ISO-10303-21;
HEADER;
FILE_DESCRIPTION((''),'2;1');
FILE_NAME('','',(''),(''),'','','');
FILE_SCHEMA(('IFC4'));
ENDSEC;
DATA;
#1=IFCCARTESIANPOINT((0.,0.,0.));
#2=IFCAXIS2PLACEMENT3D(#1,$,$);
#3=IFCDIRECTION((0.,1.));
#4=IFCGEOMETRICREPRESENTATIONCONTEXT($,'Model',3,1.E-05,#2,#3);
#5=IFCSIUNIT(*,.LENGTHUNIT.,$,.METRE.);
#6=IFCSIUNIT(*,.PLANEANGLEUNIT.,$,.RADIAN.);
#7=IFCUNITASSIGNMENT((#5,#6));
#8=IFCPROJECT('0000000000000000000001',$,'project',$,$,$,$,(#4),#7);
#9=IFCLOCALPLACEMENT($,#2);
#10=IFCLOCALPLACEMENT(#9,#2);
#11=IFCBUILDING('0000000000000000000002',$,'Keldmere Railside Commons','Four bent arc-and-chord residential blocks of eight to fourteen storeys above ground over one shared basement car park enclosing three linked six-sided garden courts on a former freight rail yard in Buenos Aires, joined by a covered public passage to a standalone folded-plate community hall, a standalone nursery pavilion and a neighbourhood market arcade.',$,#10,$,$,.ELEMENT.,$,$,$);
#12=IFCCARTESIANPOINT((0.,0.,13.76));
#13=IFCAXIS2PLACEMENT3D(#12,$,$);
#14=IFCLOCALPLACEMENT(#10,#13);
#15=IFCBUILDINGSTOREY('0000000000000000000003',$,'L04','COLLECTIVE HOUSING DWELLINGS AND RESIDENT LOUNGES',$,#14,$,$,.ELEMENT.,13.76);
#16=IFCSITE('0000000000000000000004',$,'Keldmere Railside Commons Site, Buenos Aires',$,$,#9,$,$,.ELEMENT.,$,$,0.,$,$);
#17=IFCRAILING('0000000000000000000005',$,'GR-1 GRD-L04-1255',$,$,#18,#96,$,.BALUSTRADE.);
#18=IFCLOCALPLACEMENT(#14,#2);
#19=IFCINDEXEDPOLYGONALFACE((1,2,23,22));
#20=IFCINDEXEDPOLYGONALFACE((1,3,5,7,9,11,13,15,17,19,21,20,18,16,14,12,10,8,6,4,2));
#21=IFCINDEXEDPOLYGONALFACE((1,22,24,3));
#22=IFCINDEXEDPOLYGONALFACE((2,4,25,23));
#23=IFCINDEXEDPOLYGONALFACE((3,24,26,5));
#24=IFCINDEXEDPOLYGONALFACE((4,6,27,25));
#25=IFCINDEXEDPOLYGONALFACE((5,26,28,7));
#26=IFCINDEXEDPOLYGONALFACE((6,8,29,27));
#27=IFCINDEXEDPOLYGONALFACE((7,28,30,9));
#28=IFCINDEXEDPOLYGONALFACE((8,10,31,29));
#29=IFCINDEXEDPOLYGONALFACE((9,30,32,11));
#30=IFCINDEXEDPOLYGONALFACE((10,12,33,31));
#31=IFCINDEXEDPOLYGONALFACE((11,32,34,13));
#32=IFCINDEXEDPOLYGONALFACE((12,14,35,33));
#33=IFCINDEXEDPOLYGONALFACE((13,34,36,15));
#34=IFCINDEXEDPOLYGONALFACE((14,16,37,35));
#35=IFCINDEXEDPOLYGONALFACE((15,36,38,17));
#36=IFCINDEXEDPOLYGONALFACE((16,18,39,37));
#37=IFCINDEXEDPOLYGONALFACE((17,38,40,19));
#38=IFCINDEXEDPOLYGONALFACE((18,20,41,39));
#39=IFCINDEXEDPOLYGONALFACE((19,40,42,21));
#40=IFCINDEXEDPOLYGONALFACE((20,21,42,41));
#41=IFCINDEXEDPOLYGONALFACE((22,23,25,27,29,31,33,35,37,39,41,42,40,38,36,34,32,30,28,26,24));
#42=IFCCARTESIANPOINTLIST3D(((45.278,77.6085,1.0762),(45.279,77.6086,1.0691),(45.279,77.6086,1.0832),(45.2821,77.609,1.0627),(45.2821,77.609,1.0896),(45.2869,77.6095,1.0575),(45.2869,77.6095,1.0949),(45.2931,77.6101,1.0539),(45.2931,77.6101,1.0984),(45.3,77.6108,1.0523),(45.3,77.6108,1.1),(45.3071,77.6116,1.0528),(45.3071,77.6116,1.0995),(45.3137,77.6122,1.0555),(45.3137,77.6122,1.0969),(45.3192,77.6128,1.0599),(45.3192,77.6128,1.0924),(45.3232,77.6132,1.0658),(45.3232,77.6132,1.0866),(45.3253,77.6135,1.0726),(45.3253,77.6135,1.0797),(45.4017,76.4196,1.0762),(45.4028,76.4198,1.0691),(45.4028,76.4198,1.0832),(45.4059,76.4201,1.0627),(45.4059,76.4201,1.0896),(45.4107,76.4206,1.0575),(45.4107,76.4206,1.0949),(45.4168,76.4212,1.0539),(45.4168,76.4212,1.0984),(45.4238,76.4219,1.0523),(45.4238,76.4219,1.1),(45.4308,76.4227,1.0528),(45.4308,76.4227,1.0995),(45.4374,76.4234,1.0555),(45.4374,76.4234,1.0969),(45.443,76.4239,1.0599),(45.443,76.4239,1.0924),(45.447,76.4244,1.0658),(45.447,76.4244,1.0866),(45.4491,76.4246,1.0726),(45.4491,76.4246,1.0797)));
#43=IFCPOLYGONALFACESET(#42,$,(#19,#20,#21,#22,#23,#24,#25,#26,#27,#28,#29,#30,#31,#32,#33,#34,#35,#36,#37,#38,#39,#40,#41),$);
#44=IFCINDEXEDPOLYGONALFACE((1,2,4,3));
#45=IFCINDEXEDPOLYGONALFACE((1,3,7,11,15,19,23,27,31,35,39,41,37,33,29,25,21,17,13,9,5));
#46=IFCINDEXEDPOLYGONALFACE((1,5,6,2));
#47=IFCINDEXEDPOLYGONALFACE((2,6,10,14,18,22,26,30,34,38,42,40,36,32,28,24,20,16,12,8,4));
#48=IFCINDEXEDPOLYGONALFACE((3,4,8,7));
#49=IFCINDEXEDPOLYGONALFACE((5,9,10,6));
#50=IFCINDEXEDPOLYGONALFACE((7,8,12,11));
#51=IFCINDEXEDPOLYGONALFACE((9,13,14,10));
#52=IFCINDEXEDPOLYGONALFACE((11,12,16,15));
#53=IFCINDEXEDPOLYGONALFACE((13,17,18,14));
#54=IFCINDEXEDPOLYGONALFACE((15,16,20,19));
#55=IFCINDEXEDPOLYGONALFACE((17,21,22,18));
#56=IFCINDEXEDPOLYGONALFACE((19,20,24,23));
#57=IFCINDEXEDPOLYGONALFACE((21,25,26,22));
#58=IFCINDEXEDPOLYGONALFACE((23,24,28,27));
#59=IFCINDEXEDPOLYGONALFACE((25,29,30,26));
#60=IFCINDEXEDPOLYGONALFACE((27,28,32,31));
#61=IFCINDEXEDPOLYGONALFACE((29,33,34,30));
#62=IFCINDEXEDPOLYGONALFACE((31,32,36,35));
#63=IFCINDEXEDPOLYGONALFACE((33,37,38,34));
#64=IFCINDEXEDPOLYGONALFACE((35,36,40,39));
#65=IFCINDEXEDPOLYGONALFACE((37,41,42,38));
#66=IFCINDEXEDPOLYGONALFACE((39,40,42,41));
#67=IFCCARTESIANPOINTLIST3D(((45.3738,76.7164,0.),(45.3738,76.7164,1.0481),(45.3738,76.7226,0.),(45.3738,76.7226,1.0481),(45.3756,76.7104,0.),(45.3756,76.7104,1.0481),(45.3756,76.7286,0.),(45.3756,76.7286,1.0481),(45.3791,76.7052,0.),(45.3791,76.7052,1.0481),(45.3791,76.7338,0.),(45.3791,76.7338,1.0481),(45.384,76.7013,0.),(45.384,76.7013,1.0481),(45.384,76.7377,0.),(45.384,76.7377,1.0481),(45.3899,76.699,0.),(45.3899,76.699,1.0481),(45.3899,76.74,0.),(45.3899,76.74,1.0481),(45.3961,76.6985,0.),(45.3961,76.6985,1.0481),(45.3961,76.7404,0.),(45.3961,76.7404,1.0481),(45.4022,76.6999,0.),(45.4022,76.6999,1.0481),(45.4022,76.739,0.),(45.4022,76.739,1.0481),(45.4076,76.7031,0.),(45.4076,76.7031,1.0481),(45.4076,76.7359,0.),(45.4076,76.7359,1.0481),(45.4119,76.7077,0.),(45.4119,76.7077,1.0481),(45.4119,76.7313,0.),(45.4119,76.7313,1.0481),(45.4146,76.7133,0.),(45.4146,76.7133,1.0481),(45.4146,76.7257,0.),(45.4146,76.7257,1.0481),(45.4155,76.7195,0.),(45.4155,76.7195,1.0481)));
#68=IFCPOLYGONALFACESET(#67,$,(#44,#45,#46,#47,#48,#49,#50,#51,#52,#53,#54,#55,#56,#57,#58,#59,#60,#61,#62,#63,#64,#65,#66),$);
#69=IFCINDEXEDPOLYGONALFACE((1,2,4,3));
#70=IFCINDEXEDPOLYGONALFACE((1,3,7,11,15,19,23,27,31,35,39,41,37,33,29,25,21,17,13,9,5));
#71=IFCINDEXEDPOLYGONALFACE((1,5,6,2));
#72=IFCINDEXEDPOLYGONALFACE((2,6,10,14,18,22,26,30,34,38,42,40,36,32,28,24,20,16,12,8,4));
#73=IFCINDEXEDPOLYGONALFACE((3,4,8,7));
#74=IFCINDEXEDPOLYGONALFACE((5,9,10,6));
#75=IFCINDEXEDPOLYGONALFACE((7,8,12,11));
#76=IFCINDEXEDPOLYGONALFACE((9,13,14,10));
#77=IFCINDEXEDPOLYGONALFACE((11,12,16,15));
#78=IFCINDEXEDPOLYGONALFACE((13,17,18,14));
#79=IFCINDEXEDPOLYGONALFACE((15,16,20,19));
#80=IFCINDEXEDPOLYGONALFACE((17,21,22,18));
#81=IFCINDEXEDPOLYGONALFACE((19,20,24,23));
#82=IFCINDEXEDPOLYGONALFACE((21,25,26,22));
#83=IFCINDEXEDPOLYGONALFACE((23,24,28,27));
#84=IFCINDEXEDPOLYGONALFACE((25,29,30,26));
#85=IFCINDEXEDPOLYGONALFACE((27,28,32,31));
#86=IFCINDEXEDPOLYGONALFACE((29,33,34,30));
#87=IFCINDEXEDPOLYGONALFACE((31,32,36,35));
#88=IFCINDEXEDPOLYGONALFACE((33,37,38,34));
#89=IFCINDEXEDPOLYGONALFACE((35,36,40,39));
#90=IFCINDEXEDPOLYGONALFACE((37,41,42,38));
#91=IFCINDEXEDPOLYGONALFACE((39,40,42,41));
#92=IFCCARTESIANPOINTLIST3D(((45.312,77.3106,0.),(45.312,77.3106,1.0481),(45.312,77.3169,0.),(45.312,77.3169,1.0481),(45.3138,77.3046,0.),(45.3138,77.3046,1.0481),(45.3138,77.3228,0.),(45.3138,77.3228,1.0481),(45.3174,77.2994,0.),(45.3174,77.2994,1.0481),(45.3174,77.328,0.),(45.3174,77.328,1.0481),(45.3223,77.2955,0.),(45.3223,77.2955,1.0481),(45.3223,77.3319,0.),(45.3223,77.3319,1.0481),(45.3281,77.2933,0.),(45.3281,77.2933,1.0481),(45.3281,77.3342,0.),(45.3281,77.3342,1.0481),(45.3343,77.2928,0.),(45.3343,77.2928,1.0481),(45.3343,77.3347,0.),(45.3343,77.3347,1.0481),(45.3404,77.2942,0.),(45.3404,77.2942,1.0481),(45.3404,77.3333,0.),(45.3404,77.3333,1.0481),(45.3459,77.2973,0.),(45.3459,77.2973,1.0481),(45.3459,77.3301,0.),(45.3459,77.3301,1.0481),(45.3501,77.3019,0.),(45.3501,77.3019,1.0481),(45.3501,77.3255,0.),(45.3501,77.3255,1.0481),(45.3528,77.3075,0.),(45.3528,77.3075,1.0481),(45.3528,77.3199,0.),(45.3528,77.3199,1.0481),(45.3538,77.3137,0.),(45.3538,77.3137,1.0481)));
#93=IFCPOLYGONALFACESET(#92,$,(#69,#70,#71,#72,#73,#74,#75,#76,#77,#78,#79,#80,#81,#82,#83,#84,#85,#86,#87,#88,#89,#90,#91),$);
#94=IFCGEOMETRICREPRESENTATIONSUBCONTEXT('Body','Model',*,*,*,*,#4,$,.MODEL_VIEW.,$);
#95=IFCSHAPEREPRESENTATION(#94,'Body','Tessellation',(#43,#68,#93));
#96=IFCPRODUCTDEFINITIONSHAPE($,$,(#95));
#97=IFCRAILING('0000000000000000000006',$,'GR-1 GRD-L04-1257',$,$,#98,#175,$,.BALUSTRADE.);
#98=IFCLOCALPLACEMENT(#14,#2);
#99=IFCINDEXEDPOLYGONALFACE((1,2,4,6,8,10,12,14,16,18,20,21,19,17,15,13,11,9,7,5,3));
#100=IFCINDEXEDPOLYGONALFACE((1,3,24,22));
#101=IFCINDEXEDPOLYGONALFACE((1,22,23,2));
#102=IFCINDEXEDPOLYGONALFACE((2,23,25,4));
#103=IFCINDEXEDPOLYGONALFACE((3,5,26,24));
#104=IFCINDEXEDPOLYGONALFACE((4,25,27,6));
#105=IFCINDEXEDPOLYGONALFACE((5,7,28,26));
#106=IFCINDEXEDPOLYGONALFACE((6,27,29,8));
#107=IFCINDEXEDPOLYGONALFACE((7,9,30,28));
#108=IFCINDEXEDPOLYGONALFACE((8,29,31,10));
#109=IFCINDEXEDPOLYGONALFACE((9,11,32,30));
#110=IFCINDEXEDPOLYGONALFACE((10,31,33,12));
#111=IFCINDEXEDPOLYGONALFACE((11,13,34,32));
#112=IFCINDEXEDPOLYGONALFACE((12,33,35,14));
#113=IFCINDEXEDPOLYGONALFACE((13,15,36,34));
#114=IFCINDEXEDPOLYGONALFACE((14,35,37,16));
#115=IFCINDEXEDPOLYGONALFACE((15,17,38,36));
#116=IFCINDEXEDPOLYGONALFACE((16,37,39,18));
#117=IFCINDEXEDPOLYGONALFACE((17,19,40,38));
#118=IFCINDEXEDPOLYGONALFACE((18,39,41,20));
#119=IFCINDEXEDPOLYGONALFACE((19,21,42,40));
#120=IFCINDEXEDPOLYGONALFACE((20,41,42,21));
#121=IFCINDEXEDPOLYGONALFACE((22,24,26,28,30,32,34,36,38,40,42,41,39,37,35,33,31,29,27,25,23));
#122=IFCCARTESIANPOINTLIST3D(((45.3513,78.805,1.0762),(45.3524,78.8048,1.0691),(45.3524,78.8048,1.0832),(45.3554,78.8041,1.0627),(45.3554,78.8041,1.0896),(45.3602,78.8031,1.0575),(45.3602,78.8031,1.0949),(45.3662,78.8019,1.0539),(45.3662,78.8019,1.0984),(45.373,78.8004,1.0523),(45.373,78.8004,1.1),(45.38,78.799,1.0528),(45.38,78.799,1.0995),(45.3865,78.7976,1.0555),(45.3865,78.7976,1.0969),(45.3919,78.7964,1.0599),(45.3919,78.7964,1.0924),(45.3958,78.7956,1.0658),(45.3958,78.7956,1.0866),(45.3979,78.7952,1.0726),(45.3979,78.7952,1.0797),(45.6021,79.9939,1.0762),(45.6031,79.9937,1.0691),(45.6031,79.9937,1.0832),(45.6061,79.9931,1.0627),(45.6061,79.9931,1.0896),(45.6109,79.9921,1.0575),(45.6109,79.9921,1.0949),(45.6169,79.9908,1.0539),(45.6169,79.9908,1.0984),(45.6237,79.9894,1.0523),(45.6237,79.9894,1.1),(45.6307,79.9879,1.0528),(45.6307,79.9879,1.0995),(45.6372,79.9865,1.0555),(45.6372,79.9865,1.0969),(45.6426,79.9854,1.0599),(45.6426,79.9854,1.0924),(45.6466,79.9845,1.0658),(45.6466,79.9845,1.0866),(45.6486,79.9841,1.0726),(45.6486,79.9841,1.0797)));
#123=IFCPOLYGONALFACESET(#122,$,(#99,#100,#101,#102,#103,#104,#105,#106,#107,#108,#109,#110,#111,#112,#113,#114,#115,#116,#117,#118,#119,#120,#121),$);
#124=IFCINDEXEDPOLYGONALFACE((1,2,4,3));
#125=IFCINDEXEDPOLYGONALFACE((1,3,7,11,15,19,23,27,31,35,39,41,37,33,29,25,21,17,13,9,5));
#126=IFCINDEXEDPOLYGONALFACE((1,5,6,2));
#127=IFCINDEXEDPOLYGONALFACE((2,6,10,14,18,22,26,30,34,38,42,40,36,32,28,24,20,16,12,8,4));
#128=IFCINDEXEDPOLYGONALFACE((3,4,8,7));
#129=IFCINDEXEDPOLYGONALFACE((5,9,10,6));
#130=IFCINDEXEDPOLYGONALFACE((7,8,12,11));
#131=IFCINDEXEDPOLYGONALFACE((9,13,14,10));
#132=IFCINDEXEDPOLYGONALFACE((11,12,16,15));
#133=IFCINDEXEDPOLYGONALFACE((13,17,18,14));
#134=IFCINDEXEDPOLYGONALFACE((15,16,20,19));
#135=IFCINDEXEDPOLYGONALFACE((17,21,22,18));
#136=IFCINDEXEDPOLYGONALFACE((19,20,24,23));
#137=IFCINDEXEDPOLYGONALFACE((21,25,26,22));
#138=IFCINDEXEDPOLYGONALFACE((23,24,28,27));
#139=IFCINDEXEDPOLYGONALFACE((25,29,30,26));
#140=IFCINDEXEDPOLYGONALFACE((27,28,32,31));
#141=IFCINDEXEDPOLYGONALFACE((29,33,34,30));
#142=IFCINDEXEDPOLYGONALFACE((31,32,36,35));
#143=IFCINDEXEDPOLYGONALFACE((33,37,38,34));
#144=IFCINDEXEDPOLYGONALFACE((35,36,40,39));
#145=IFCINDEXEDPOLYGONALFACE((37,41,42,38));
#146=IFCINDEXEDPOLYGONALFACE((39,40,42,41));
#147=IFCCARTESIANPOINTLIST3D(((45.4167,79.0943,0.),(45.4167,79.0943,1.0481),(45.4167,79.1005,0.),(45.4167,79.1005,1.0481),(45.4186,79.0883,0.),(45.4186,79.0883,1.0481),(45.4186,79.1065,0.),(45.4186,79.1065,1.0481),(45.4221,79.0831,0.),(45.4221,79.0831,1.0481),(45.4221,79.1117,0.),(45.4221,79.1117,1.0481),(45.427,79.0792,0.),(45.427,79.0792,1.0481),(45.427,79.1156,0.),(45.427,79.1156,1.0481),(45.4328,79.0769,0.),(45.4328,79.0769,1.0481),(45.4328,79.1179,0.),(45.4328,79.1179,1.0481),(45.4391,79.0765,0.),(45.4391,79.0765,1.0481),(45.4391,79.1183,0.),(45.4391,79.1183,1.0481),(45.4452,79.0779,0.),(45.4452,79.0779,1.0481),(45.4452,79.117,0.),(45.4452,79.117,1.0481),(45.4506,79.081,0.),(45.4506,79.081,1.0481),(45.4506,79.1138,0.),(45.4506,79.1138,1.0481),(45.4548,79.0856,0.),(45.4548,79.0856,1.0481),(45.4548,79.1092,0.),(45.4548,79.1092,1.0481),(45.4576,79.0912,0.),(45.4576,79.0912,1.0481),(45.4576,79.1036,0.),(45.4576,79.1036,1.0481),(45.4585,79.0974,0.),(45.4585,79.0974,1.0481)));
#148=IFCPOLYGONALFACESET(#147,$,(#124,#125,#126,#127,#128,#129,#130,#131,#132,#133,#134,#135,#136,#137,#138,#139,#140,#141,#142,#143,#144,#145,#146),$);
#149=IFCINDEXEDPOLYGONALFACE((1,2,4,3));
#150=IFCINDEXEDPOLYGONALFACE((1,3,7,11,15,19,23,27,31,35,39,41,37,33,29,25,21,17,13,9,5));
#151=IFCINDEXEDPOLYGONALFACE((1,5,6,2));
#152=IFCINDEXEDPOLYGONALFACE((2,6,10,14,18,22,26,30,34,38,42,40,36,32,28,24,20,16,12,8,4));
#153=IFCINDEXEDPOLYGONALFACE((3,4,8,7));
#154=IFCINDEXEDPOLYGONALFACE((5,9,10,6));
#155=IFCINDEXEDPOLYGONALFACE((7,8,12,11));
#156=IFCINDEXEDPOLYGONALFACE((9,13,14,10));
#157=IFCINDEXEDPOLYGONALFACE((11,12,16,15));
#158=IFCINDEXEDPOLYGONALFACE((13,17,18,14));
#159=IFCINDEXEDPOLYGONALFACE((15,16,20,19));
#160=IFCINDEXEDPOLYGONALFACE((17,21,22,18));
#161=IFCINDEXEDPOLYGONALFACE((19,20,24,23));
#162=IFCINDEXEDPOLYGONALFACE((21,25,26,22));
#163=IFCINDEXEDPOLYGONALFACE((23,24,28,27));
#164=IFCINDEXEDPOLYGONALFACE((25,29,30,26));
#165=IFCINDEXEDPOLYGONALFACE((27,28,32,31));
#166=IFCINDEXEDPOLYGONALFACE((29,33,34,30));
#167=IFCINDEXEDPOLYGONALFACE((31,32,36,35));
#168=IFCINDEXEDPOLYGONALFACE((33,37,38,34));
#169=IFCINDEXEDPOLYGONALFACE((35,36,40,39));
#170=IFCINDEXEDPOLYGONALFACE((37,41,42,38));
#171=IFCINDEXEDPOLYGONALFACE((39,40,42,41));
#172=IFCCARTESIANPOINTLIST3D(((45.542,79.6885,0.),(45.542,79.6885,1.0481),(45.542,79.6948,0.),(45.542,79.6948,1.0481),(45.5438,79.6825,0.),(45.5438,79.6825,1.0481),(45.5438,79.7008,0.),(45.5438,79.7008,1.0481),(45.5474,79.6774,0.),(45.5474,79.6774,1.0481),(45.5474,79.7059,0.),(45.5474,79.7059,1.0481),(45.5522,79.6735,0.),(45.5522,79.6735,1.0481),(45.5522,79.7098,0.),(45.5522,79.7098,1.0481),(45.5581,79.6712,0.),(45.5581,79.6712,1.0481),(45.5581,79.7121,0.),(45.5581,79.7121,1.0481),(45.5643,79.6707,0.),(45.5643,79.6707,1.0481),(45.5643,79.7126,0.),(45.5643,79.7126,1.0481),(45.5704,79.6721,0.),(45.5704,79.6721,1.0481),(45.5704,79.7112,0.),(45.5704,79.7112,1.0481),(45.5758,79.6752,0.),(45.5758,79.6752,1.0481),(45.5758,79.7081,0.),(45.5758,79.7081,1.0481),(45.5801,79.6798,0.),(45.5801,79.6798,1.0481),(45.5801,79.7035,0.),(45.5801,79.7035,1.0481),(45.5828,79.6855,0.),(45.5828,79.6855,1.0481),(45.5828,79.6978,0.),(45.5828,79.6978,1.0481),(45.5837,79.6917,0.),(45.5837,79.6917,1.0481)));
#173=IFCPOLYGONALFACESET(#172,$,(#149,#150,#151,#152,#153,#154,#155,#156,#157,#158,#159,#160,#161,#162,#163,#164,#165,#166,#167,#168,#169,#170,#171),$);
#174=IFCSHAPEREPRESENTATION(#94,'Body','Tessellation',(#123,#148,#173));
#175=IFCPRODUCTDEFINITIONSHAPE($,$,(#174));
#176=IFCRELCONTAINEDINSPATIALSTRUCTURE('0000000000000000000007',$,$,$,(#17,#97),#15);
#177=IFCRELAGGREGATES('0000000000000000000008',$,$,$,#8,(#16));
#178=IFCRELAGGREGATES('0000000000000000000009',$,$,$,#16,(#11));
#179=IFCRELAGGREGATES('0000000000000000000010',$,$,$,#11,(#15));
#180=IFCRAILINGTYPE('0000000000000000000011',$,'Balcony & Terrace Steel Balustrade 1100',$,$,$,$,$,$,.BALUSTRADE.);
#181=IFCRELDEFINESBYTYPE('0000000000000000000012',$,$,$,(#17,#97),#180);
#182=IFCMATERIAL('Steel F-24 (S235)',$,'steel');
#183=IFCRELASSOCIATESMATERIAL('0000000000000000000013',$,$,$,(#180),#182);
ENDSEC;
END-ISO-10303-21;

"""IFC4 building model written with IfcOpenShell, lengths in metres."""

from ifc_helpers import new_model, si_unit, direction, frame, origin, origin_2d, place, context, subcontext, project, spatial, circle, extrude, material, type_object, element, save


model = new_model("IFC4")

# Units and contexts
model_context = context("Model", 3, precision=1e-05, world=origin(), true_north=direction((0.0, 1.0)))
body_context = subcontext(model_context, "Body", "Model", "MODEL_VIEW")
ifc_project = project(units=[si_unit("LENGTHUNIT", "METRE"), si_unit("PLANEANGLEUNIT", "RADIAN")], contexts=[model_context])

# Site, building, storey
site_placement = place(None, origin())
site = spatial("IfcSite", under=ifc_project, at=site_placement, Name="Keldmere Railside Commons Site, Buenos Aires", CompositionType="ELEMENT", RefElevation=0.0)
building_placement = place(site_placement, origin())
building = spatial("IfcBuilding", under=site, at=building_placement, Name="Keldmere Railside Commons", Description="Four bent arc-and-chord residential blocks of eight to fourteen storeys above ground over one shared basement car park enclosing three linked six-sided garden courts on a former freight rail yard in Buenos Aires, joined by a covered public passage to a standalone folded-plate community hall, a standalone nursery pavilion and a neighbourhood market arcade.", CompositionType="ELEMENT")
storey_placement = place(building_placement, frame((0.0, 0.0, 13.76)))
storey = spatial("IfcBuildingStorey", under=building, at=storey_placement, Name="L04", Description="COLLECTIVE HOUSING DWELLINGS AND RESIDENT LOUNGES", CompositionType="ELEMENT", Elevation=13.76)

# Shared definitions
ifc_material_1 = material(Name="Steel F-24 (S235)", Category="steel")

# Railings
railing_type_1 = type_object("IfcRailingType", Name="Balcony & Terrace Steel Balustrade 1100", PredefinedType="BALUSTRADE", material=ifc_material_1)
railing_1_placement = place(storey_placement, frame((45.4255, 76.4221, 0.0)))
element("IfcRailing", 1, at=railing_1_placement, inside=storey, type_object=railing_type_1, Name="GR-1 GRD-L04-1255", PredefinedType="BALUSTRADE", context=body_context, shape_type="SweptSolid", body=[
    extrude(circle(Radius=0.0239, at=origin_2d()), frame((0.0, 0.0, 1.0762), z_axis=(-0.103547, 0.994625, 0.0), x_axis=(-0.994625, -0.103547, 0.0)), (0.0, 0.0, 1.0), 1.1953),
    extrude(circle(Radius=0.021, at=origin_2d()), frame((-0.031, 0.2974, 0.0)), (0.0, 0.0, 1.0), 1.0481),
    extrude(circle(Radius=0.021, at=origin_2d()), frame((-0.0928, 0.8916, 0.0)), (0.0, 0.0, 1.0), 1.0481),
])
railing_2_placement = place(storey_placement, frame((45.3748, 78.8, 0.0)))
element("IfcRailing", 2, at=railing_2_placement, inside=storey, type_object=railing_type_1, Name="GR-1 GRD-L04-1257", PredefinedType="BALUSTRADE", context=body_context, shape_type="SweptSolid", body=[
    extrude(circle(Radius=0.0239, at=origin_2d()), frame((0.0, 0.0, 1.0762), z_axis=(0.206345, 0.978479, 0.0), x_axis=(-0.978479, 0.206345, 0.0)), (0.0, 0.0, 1.0), 1.2151),
    extrude(circle(Radius=0.021, at=origin_2d()), frame((0.0627, 0.2974, 0.0)), (0.0, 0.0, 1.0), 1.0481),
    extrude(circle(Radius=0.021, at=origin_2d()), frame((0.188, 0.8916, 0.0)), (0.0, 0.0, 1.0), 1.0481),
])

save(model, "model.ifc")
